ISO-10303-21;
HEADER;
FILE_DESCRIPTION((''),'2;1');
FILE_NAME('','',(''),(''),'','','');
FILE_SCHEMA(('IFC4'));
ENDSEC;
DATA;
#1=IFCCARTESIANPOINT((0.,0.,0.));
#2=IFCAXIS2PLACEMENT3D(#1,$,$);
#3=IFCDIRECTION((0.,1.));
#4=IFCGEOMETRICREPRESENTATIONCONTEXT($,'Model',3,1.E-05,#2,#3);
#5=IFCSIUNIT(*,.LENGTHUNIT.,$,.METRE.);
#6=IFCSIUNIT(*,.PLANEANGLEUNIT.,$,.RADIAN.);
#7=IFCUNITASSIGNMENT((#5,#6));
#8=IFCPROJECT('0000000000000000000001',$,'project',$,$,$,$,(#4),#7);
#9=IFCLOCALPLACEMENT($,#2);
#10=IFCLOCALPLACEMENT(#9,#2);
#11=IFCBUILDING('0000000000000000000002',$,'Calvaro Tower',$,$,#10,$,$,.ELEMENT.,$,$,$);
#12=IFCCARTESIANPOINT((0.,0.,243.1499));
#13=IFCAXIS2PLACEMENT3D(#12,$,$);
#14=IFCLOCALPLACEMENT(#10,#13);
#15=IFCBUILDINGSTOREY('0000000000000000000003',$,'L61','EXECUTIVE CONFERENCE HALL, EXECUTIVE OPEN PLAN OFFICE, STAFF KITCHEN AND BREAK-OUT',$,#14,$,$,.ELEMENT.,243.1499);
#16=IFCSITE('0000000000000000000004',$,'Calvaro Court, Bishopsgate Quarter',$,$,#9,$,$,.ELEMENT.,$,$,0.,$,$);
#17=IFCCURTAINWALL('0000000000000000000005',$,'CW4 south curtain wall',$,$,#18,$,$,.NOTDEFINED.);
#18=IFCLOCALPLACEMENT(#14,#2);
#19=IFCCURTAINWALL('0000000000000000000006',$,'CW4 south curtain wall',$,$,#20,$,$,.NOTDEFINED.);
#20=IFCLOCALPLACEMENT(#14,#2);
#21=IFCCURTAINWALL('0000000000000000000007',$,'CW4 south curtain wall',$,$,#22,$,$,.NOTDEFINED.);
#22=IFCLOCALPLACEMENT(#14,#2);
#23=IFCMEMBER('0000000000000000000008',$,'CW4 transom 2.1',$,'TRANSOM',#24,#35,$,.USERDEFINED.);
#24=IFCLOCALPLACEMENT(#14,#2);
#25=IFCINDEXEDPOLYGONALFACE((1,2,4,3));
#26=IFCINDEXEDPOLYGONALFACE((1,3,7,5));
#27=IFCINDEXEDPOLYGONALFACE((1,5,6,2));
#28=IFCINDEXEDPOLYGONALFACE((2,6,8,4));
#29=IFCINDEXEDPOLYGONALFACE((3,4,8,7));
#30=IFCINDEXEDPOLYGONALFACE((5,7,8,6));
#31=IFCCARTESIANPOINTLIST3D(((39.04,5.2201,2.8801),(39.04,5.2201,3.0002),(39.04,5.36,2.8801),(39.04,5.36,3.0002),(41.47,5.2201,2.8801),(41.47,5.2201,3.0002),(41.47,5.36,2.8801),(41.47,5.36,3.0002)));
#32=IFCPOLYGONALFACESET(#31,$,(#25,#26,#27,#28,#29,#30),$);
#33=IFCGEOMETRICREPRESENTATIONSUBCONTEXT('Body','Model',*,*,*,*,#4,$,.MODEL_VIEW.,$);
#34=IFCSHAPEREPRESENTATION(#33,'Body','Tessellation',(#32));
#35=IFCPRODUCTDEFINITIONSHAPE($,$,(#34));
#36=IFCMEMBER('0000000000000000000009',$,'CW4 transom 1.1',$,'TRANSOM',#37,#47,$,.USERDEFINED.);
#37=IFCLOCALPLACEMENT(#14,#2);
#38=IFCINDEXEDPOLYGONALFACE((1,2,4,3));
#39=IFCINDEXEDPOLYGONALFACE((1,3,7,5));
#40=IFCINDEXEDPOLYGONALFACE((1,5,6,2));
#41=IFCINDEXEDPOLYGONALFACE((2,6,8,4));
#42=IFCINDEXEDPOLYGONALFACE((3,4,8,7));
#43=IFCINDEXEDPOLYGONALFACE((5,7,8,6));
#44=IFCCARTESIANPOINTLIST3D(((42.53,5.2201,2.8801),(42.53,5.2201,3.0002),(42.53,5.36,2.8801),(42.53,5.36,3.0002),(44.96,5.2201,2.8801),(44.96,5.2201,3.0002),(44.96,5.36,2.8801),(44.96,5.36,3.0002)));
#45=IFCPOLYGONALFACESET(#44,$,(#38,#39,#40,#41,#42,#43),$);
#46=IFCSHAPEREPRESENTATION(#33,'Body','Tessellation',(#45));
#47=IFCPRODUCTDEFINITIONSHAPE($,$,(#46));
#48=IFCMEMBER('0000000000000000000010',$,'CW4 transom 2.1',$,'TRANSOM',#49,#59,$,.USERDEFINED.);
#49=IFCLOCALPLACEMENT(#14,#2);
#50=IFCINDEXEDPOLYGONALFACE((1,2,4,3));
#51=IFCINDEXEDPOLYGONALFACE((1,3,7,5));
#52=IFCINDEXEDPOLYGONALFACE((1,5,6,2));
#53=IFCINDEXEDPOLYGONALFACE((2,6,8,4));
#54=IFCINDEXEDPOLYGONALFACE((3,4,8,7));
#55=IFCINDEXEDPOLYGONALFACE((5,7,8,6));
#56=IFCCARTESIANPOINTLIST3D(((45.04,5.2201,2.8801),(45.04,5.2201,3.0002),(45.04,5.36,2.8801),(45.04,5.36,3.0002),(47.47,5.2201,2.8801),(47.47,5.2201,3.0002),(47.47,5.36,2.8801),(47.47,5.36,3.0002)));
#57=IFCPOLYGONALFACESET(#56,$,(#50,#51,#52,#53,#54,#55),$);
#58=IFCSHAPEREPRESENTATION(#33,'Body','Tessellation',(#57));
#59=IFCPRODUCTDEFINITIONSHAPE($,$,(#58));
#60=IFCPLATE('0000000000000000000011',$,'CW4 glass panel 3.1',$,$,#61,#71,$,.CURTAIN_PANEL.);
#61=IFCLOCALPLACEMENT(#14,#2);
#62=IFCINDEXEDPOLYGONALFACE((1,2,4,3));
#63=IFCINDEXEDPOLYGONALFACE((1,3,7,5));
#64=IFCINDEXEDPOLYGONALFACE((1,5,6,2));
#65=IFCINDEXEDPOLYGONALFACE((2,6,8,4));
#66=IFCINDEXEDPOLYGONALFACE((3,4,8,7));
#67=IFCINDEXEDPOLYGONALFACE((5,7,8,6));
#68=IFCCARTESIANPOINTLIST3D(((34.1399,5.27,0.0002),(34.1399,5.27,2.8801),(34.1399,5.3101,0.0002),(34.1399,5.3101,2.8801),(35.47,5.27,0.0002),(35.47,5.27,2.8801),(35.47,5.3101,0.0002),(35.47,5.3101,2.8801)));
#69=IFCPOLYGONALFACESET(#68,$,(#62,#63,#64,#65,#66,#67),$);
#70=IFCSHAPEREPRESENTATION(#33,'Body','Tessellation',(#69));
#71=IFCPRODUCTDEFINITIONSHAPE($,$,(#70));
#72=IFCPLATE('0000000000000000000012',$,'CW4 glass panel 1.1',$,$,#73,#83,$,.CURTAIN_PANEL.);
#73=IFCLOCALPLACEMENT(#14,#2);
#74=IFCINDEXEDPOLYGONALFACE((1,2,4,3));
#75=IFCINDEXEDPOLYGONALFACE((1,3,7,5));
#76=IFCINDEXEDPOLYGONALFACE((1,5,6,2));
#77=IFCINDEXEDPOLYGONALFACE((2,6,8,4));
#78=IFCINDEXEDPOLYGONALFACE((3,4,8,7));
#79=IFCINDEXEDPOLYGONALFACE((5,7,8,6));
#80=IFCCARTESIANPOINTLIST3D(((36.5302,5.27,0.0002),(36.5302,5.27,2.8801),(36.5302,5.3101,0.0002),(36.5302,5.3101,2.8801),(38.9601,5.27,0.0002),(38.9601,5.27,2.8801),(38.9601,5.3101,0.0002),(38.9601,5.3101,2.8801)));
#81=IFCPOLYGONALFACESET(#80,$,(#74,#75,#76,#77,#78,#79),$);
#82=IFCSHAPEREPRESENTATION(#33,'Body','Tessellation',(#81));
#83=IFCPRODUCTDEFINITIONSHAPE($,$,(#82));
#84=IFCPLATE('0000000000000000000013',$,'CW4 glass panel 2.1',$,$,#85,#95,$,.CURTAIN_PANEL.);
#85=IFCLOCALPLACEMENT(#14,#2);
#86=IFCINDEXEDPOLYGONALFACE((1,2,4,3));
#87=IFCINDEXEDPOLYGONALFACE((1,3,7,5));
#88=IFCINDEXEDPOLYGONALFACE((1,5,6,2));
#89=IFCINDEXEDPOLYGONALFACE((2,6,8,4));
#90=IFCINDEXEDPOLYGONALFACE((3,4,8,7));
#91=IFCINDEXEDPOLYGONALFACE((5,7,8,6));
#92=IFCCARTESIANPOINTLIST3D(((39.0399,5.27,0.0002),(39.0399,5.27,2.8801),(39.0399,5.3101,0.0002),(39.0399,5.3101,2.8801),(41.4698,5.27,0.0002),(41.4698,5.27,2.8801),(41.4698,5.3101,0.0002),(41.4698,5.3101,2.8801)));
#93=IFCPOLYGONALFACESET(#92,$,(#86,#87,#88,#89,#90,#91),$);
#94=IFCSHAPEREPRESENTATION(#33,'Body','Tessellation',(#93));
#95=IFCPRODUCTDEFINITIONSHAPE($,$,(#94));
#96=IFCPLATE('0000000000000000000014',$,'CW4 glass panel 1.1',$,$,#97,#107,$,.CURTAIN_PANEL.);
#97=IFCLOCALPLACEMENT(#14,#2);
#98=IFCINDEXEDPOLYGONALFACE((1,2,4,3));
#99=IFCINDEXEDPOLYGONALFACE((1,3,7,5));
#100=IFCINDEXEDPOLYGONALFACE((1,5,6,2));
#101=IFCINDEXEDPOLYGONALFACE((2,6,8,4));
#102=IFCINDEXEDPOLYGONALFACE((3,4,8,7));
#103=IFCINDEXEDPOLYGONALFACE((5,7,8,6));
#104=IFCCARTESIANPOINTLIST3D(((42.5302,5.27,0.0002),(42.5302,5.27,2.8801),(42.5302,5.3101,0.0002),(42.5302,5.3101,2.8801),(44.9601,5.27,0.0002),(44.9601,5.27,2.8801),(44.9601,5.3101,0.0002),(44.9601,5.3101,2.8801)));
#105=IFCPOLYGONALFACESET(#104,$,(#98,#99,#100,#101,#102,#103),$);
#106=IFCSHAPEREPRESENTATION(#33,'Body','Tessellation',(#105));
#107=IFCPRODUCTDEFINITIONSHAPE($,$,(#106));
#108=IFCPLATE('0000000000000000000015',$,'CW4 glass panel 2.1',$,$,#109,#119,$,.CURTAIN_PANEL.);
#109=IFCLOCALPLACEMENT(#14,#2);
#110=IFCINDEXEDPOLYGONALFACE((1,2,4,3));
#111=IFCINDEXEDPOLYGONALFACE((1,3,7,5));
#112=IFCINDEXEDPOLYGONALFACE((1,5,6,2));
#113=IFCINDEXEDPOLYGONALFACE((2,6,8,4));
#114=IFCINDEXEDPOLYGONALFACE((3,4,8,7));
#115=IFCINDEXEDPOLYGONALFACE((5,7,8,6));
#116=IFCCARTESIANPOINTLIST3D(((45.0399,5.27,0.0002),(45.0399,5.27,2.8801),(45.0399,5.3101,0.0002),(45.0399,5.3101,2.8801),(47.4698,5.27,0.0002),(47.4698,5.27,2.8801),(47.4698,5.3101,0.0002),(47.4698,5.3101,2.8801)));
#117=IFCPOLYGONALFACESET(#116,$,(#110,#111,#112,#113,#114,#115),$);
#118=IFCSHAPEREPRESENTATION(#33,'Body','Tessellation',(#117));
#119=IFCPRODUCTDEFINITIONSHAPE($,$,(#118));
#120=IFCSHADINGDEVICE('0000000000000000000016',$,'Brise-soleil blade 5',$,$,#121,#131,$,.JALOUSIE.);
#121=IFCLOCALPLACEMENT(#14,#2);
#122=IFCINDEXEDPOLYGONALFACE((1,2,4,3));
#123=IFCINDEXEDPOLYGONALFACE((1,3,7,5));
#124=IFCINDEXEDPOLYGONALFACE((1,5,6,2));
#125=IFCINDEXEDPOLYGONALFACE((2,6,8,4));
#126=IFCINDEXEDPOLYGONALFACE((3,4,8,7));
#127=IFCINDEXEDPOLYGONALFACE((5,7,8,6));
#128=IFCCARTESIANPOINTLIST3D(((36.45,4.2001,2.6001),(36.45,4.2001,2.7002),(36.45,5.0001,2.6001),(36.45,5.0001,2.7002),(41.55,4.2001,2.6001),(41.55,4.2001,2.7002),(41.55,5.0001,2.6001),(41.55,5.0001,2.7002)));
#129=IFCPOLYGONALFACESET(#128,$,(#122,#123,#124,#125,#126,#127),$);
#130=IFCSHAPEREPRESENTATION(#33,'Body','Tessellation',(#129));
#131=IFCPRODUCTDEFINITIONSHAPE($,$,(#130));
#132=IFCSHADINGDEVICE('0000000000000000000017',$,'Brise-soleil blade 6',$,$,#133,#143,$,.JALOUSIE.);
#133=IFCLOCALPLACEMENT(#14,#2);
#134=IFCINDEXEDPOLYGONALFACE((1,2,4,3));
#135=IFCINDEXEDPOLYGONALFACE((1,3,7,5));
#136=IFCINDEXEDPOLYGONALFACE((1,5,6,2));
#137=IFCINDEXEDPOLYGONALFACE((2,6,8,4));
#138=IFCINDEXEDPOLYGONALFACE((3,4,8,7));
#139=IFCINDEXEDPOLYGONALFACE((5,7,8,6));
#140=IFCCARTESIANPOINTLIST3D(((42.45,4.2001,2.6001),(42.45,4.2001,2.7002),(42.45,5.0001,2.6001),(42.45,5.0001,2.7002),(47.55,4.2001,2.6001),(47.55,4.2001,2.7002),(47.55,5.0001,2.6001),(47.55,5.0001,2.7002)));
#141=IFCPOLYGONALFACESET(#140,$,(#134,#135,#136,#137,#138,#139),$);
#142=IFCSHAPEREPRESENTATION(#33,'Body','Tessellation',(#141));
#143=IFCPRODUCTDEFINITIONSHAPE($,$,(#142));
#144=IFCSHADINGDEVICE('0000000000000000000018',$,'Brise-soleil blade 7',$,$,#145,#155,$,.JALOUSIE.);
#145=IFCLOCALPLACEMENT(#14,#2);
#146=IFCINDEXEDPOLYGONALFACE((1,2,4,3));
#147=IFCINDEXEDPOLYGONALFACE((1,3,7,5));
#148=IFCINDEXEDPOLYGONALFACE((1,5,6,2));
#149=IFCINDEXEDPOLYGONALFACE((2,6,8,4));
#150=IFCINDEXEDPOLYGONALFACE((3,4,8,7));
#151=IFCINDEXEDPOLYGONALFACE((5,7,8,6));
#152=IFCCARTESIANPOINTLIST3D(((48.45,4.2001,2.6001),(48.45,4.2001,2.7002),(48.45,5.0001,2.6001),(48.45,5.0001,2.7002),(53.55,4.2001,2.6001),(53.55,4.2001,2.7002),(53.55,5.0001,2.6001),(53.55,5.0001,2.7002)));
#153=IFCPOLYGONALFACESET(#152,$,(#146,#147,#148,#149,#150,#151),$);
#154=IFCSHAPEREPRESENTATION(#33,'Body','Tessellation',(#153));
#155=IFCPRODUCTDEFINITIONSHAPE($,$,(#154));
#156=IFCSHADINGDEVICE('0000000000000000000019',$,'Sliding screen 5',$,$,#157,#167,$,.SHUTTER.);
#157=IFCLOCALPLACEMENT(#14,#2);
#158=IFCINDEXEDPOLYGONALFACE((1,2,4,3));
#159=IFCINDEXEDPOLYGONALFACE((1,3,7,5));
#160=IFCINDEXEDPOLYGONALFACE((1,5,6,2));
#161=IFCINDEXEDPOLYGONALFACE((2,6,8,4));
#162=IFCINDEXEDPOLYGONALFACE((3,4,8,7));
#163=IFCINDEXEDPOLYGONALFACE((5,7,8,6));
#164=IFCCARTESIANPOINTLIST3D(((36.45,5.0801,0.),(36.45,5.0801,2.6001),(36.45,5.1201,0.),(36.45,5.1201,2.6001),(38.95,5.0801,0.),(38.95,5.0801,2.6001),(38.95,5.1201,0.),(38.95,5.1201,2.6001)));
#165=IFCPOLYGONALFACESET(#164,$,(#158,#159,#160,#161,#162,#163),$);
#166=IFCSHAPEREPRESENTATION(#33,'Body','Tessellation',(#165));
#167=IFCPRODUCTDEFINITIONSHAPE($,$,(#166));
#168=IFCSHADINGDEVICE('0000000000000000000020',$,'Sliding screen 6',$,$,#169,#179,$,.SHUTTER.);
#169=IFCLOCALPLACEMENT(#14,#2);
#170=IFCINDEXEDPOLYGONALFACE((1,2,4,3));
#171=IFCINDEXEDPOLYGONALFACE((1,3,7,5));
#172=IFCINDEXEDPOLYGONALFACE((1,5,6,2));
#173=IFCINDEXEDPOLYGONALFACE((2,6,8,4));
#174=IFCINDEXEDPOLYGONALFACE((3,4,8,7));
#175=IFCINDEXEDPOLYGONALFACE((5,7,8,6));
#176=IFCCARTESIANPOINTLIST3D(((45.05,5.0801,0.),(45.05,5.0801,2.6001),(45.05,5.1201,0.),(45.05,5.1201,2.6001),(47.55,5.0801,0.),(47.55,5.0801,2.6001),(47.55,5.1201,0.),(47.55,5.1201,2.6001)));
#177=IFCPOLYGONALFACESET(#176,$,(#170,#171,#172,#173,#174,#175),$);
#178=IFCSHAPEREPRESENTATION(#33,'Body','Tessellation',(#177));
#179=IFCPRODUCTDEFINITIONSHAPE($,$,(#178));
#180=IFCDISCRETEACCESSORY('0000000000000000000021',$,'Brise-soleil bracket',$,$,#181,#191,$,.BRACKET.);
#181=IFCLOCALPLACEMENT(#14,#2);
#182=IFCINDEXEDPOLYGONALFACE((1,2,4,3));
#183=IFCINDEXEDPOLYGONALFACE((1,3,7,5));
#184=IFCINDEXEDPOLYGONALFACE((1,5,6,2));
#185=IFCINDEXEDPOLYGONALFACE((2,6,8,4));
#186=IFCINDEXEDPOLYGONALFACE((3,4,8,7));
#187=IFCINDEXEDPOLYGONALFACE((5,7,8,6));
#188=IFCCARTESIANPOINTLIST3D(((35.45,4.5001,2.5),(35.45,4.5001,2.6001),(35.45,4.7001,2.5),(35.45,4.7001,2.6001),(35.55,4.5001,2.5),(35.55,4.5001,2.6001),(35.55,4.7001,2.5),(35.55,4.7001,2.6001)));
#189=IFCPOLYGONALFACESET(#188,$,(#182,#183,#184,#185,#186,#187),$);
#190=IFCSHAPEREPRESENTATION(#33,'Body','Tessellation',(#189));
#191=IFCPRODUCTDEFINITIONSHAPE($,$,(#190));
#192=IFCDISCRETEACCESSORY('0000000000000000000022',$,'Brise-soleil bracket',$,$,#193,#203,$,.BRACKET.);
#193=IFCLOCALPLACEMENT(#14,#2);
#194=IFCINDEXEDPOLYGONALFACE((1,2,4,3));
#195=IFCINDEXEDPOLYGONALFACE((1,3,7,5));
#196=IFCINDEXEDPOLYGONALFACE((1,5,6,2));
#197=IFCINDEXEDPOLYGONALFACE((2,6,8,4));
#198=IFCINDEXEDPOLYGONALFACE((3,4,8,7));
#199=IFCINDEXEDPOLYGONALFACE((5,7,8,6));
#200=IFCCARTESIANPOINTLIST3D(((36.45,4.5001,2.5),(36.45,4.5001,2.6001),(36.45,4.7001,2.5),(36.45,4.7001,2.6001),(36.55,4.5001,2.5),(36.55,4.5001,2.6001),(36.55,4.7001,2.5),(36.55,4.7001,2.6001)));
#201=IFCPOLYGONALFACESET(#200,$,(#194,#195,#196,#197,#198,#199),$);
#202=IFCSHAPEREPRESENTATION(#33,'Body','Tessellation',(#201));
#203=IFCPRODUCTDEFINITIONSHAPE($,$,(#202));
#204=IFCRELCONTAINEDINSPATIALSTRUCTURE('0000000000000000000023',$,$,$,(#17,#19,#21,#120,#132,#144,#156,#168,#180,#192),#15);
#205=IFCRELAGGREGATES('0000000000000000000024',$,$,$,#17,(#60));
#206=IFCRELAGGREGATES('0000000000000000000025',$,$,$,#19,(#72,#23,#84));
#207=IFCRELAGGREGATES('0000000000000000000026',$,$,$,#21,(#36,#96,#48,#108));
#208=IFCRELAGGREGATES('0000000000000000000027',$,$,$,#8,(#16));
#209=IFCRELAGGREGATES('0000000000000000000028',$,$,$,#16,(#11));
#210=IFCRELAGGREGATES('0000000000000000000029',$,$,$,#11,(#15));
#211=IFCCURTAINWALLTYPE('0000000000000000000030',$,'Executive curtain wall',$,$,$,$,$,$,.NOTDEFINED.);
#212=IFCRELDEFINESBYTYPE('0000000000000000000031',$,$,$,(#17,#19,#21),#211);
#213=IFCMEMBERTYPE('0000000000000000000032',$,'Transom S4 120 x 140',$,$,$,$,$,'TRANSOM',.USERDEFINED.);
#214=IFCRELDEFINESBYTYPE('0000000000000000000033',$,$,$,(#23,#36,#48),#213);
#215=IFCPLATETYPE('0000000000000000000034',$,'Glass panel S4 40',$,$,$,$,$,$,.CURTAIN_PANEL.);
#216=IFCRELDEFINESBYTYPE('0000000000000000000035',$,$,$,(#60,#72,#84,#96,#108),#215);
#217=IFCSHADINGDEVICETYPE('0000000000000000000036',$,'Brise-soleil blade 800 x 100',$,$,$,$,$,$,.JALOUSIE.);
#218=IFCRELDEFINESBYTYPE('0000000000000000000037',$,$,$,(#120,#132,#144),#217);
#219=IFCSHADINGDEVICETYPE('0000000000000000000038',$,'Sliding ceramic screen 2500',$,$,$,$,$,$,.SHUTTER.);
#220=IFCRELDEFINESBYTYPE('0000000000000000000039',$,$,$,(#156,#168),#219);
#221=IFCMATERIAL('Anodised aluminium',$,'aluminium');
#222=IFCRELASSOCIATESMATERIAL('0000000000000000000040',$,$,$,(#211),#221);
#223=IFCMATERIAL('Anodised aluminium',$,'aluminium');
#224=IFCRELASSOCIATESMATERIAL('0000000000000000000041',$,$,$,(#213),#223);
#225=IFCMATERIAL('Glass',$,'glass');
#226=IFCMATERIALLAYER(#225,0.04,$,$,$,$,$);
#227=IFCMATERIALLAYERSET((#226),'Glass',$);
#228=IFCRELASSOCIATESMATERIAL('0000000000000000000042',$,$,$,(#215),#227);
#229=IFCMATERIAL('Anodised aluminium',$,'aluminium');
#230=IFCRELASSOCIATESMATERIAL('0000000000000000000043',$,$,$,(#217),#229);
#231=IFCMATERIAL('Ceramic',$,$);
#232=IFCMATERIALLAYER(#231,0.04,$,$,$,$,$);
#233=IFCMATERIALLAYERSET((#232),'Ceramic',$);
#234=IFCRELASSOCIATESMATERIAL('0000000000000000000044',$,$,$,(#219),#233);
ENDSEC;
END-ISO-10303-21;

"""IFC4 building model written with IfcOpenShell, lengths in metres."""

from ifc_helpers import new_model, si_unit, direction, frame, origin, origin_2d, place, context, subcontext, project, spatial, rectangle, extrude, material, layer, layer_set, material_profile, profile_set, type_object, element, aggregate, save


model = new_model("IFC4")

# Units and contexts
model_context = context("Model", 3, precision=1e-05, world=origin(), true_north=direction((0.0, 1.0)))
body_context = subcontext(model_context, "Body", "Model", "MODEL_VIEW")
ifc_project = project(units=[si_unit("LENGTHUNIT", "METRE"), si_unit("PLANEANGLEUNIT", "RADIAN")], contexts=[model_context])

# Site, building, storey
site_placement = place(None, origin())
site = spatial("IfcSite", under=ifc_project, at=site_placement, Name="Calvaro Court, Bishopsgate Quarter", CompositionType="ELEMENT", RefElevation=0.0)
building_placement = place(site_placement, origin())
building = spatial("IfcBuilding", under=site, at=building_placement, Name="Calvaro Tower", CompositionType="ELEMENT")
storey_placement = place(building_placement, frame((0.0, 0.0, 243.1499)))
storey = spatial("IfcBuildingStorey", under=building, at=storey_placement, Name="L61", Description="EXECUTIVE CONFERENCE HALL, EXECUTIVE OPEN PLAN OFFICE, STAFF KITCHEN AND BREAK-OUT", CompositionType="ELEMENT", Elevation=243.1499)

# Curtain wall
ifc_material_1 = material(Name="Anodised aluminium", Category="aluminium")
curtain_wall_type = type_object("IfcCurtainWallType", Name="Executive curtain wall", PredefinedType="NOTDEFINED", material=ifc_material_1)
curtain_wall_1_placement = place(storey_placement, origin())
curtain_wall_1 = element("IfcCurtainWall", 1, at=curtain_wall_1_placement, inside=storey, type_object=curtain_wall_type, Name="CW4 south curtain wall", PredefinedType="NOTDEFINED")

# Curtain walls
curtain_wall_2_placement = place(storey_placement, origin())
curtain_wall_2 = element("IfcCurtainWall", 2, at=curtain_wall_2_placement, inside=storey, type_object=curtain_wall_type, Name="CW4 south curtain wall", PredefinedType="NOTDEFINED")
curtain_wall_3_placement = place(storey_placement, origin())
curtain_wall_3 = element("IfcCurtainWall", 3, at=curtain_wall_3_placement, inside=storey, type_object=curtain_wall_type, Name="CW4 south curtain wall", PredefinedType="NOTDEFINED")

# Members
ifc_material_2 = material(Name="Anodised aluminium", Category="aluminium")
ifc_material_profile_1 = material_profile(ifc_material_2, rectangle(XDim=0.1399, YDim=0.1201, at=origin_2d()), Name="Transom S4 120 x 140")
ifc_profile_set_1 = profile_set([ifc_material_profile_1], Name="Anodised aluminium")
member_type_1 = type_object("IfcMemberType", Name="Transom S4 120 x 140", ElementType="TRANSOM", PredefinedType="USERDEFINED", material=ifc_profile_set_1)
member_1_placement = place(storey_placement, frame((39.04, 5.29, 2.9402), z_axis=(1.0, 0.0, 0.0), x_axis=(0.0, 1.0, 0.0)))
member_1 = element("IfcMember", 4, at=member_1_placement, type_object=member_type_1, Name="CW4 transom 2.1", ObjectType="TRANSOM", PredefinedType="USERDEFINED", context=body_context, shape_type="SweptSolid", body=[
    extrude(rectangle(XDim=0.1399, YDim=0.1201, at=origin_2d()), origin(), (0.0, 0.0, 1.0), 2.4299),
])
member_2_placement = place(storey_placement, frame((42.53, 5.29, 2.9402), z_axis=(1.0, 0.0, 0.0), x_axis=(0.0, 1.0, 0.0)))
member_2 = element("IfcMember", 5, at=member_2_placement, type_object=member_type_1, Name="CW4 transom 1.1", ObjectType="TRANSOM", PredefinedType="USERDEFINED", context=body_context, shape_type="SweptSolid", body=[
    extrude(rectangle(XDim=0.1399, YDim=0.1201, at=origin_2d()), origin(), (0.0, 0.0, 1.0), 2.4299),
])
member_3_placement = place(storey_placement, frame((45.04, 5.29, 2.9402), z_axis=(1.0, 0.0, 0.0), x_axis=(0.0, 1.0, 0.0)))
member_3 = element("IfcMember", 6, at=member_3_placement, type_object=member_type_1, Name="CW4 transom 2.1", ObjectType="TRANSOM", PredefinedType="USERDEFINED", context=body_context, shape_type="SweptSolid", body=[
    extrude(rectangle(XDim=0.1399, YDim=0.1201, at=origin_2d()), origin(), (0.0, 0.0, 1.0), 2.4299),
])

# Plates
ifc_material_3 = material(Name="Glass", Category="glass")
ifc_layer_1 = layer(ifc_material_3, 0.04)
ifc_layer_set_1 = layer_set([ifc_layer_1], Name="Glass")
plate_type = type_object("IfcPlateType", Name="Glass panel S4 40", PredefinedType="CURTAIN_PANEL", material=ifc_layer_set_1)
plate_1_placement = place(storey_placement, frame((34.8049, 5.29, 0.0002), z_axis=(0.0, 0.0, 1.0), x_axis=(1.0, 0.0, 0.0)))
plate_1 = element("IfcPlate", 7, at=plate_1_placement, type_object=plate_type, Name="CW4 glass panel 3.1", PredefinedType="CURTAIN_PANEL", context=body_context, shape_type="SweptSolid", body=[
    extrude(rectangle(XDim=1.3301, YDim=0.04, at=origin_2d()), origin(), (0.0, 0.0, 1.0), 2.8799),
])
aggregate(curtain_wall_1, [plate_1])
plate_2_placement = place(storey_placement, frame((37.7451, 5.29, 0.0002), z_axis=(0.0, 0.0, 1.0), x_axis=(1.0, 0.0, 0.0)))
plate_2 = element("IfcPlate", 8, at=plate_2_placement, type_object=plate_type, Name="CW4 glass panel 1.1", PredefinedType="CURTAIN_PANEL", context=body_context, shape_type="SweptSolid", body=[
    extrude(rectangle(XDim=2.4299, YDim=0.04, at=origin_2d()), origin(), (0.0, 0.0, 1.0), 2.8799),
])
plate_3_placement = place(storey_placement, frame((40.2549, 5.29, 0.0002), z_axis=(0.0, 0.0, 1.0), x_axis=(1.0, 0.0, 0.0)))
plate_3 = element("IfcPlate", 9, at=plate_3_placement, type_object=plate_type, Name="CW4 glass panel 2.1", PredefinedType="CURTAIN_PANEL", context=body_context, shape_type="SweptSolid", body=[
    extrude(rectangle(XDim=2.4299, YDim=0.04, at=origin_2d()), origin(), (0.0, 0.0, 1.0), 2.8799),
])
aggregate(curtain_wall_2, [plate_2, member_1, plate_3])
plate_4_placement = place(storey_placement, frame((43.7451, 5.29, 0.0002), z_axis=(0.0, 0.0, 1.0), x_axis=(1.0, 0.0, 0.0)))
plate_4 = element("IfcPlate", 10, at=plate_4_placement, type_object=plate_type, Name="CW4 glass panel 1.1", PredefinedType="CURTAIN_PANEL", context=body_context, shape_type="SweptSolid", body=[
    extrude(rectangle(XDim=2.4299, YDim=0.04, at=origin_2d()), origin(), (0.0, 0.0, 1.0), 2.8799),
])
plate_5_placement = place(storey_placement, frame((46.2549, 5.29, 0.0002), z_axis=(0.0, 0.0, 1.0), x_axis=(1.0, 0.0, 0.0)))
plate_5 = element("IfcPlate", 11, at=plate_5_placement, type_object=plate_type, Name="CW4 glass panel 2.1", PredefinedType="CURTAIN_PANEL", context=body_context, shape_type="SweptSolid", body=[
    extrude(rectangle(XDim=2.4299, YDim=0.04, at=origin_2d()), origin(), (0.0, 0.0, 1.0), 2.8799),
])
aggregate(curtain_wall_3, [member_2, plate_4, member_3, plate_5])

# Shading devices
ifc_material_4 = material(Name="Anodised aluminium", Category="aluminium")
ifc_material_profile_2 = material_profile(ifc_material_4, rectangle(XDim=0.8, YDim=0.1001, at=origin_2d()), Name="Brise-soleil blade 800 x 100")
ifc_profile_set_2 = profile_set([ifc_material_profile_2], Name="Anodised aluminium")
shading_device_type_1 = type_object("IfcShadingDeviceType", Name="Brise-soleil blade 800 x 100", PredefinedType="JALOUSIE", material=ifc_profile_set_2)
for number, where, z_axis, x_axis, name in (
    (12, (36.45, 4.6001, 2.6501), (1.0, 0.0, 0.0), (0.0, 1.0, 0.0), "Brise-soleil blade 5"),
    (13, (42.45, 4.6001, 2.6501), (1.0, 0.0, 0.0), (0.0, 1.0, 0.0), "Brise-soleil blade 6"),
    (14, (48.45, 4.6001, 2.6501), (1.0, 0.0, 0.0), (0.0, 1.0, 0.0), "Brise-soleil blade 7"),
):
    element("IfcShadingDevice", number, at=place(storey_placement, frame(where, z_axis=z_axis, x_axis=x_axis)), inside=storey, type_object=shading_device_type_1, Name=name, PredefinedType="JALOUSIE", context=body_context, shape_type="SweptSolid", body=[
        extrude(rectangle(XDim=0.8, YDim=0.1001, at=origin_2d()), origin(), (0.0, 0.0, 1.0), 5.1001),
    ])
ifc_material_5 = material(Name="Ceramic")
ifc_layer_2 = layer(ifc_material_5, 0.04)
ifc_layer_set_2 = layer_set([ifc_layer_2], Name="Ceramic")
shading_device_type_2 = type_object("IfcShadingDeviceType", Name="Sliding ceramic screen 2500", PredefinedType="SHUTTER", material=ifc_layer_set_2)
for number, where, z_axis, x_axis, name in (
    (15, (37.7, 5.1001, 0.0), (0.0, 0.0, 1.0), (1.0, 0.0, 0.0), "Sliding screen 5"),
    (16, (46.3, 5.1001, 0.0), (0.0, 0.0, 1.0), (1.0, 0.0, 0.0), "Sliding screen 6"),
):
    element("IfcShadingDevice", number, at=place(storey_placement, frame(where, z_axis=z_axis, x_axis=x_axis)), inside=storey, type_object=shading_device_type_2, Name=name, PredefinedType="SHUTTER", context=body_context, shape_type="SweptSolid", body=[
        extrude(rectangle(XDim=2.5, YDim=0.04, at=origin_2d()), origin(), (0.0, 0.0, 1.0), 2.6001),
    ])

# Discrete accessories
for number, where, z_axis, x_axis, name in (
    (17, (35.5, 4.6001, 2.5), (0.0, 0.0, 1.0), (1.0, 0.0, 0.0), "Brise-soleil bracket"),
    (18, (36.5, 4.6001, 2.5), (0.0, 0.0, 1.0), (1.0, 0.0, 0.0), "Brise-soleil bracket"),
):
    element("IfcDiscreteAccessory", number, at=place(storey_placement, frame(where, z_axis=z_axis, x_axis=x_axis)), inside=storey, Name=name, PredefinedType="BRACKET", context=body_context, shape_type="SweptSolid", body=[
        extrude(rectangle(XDim=0.1001, YDim=0.2, at=origin_2d()), origin(), (0.0, 0.0, 1.0), 0.1001),
    ])

save(model, "model.ifc")
